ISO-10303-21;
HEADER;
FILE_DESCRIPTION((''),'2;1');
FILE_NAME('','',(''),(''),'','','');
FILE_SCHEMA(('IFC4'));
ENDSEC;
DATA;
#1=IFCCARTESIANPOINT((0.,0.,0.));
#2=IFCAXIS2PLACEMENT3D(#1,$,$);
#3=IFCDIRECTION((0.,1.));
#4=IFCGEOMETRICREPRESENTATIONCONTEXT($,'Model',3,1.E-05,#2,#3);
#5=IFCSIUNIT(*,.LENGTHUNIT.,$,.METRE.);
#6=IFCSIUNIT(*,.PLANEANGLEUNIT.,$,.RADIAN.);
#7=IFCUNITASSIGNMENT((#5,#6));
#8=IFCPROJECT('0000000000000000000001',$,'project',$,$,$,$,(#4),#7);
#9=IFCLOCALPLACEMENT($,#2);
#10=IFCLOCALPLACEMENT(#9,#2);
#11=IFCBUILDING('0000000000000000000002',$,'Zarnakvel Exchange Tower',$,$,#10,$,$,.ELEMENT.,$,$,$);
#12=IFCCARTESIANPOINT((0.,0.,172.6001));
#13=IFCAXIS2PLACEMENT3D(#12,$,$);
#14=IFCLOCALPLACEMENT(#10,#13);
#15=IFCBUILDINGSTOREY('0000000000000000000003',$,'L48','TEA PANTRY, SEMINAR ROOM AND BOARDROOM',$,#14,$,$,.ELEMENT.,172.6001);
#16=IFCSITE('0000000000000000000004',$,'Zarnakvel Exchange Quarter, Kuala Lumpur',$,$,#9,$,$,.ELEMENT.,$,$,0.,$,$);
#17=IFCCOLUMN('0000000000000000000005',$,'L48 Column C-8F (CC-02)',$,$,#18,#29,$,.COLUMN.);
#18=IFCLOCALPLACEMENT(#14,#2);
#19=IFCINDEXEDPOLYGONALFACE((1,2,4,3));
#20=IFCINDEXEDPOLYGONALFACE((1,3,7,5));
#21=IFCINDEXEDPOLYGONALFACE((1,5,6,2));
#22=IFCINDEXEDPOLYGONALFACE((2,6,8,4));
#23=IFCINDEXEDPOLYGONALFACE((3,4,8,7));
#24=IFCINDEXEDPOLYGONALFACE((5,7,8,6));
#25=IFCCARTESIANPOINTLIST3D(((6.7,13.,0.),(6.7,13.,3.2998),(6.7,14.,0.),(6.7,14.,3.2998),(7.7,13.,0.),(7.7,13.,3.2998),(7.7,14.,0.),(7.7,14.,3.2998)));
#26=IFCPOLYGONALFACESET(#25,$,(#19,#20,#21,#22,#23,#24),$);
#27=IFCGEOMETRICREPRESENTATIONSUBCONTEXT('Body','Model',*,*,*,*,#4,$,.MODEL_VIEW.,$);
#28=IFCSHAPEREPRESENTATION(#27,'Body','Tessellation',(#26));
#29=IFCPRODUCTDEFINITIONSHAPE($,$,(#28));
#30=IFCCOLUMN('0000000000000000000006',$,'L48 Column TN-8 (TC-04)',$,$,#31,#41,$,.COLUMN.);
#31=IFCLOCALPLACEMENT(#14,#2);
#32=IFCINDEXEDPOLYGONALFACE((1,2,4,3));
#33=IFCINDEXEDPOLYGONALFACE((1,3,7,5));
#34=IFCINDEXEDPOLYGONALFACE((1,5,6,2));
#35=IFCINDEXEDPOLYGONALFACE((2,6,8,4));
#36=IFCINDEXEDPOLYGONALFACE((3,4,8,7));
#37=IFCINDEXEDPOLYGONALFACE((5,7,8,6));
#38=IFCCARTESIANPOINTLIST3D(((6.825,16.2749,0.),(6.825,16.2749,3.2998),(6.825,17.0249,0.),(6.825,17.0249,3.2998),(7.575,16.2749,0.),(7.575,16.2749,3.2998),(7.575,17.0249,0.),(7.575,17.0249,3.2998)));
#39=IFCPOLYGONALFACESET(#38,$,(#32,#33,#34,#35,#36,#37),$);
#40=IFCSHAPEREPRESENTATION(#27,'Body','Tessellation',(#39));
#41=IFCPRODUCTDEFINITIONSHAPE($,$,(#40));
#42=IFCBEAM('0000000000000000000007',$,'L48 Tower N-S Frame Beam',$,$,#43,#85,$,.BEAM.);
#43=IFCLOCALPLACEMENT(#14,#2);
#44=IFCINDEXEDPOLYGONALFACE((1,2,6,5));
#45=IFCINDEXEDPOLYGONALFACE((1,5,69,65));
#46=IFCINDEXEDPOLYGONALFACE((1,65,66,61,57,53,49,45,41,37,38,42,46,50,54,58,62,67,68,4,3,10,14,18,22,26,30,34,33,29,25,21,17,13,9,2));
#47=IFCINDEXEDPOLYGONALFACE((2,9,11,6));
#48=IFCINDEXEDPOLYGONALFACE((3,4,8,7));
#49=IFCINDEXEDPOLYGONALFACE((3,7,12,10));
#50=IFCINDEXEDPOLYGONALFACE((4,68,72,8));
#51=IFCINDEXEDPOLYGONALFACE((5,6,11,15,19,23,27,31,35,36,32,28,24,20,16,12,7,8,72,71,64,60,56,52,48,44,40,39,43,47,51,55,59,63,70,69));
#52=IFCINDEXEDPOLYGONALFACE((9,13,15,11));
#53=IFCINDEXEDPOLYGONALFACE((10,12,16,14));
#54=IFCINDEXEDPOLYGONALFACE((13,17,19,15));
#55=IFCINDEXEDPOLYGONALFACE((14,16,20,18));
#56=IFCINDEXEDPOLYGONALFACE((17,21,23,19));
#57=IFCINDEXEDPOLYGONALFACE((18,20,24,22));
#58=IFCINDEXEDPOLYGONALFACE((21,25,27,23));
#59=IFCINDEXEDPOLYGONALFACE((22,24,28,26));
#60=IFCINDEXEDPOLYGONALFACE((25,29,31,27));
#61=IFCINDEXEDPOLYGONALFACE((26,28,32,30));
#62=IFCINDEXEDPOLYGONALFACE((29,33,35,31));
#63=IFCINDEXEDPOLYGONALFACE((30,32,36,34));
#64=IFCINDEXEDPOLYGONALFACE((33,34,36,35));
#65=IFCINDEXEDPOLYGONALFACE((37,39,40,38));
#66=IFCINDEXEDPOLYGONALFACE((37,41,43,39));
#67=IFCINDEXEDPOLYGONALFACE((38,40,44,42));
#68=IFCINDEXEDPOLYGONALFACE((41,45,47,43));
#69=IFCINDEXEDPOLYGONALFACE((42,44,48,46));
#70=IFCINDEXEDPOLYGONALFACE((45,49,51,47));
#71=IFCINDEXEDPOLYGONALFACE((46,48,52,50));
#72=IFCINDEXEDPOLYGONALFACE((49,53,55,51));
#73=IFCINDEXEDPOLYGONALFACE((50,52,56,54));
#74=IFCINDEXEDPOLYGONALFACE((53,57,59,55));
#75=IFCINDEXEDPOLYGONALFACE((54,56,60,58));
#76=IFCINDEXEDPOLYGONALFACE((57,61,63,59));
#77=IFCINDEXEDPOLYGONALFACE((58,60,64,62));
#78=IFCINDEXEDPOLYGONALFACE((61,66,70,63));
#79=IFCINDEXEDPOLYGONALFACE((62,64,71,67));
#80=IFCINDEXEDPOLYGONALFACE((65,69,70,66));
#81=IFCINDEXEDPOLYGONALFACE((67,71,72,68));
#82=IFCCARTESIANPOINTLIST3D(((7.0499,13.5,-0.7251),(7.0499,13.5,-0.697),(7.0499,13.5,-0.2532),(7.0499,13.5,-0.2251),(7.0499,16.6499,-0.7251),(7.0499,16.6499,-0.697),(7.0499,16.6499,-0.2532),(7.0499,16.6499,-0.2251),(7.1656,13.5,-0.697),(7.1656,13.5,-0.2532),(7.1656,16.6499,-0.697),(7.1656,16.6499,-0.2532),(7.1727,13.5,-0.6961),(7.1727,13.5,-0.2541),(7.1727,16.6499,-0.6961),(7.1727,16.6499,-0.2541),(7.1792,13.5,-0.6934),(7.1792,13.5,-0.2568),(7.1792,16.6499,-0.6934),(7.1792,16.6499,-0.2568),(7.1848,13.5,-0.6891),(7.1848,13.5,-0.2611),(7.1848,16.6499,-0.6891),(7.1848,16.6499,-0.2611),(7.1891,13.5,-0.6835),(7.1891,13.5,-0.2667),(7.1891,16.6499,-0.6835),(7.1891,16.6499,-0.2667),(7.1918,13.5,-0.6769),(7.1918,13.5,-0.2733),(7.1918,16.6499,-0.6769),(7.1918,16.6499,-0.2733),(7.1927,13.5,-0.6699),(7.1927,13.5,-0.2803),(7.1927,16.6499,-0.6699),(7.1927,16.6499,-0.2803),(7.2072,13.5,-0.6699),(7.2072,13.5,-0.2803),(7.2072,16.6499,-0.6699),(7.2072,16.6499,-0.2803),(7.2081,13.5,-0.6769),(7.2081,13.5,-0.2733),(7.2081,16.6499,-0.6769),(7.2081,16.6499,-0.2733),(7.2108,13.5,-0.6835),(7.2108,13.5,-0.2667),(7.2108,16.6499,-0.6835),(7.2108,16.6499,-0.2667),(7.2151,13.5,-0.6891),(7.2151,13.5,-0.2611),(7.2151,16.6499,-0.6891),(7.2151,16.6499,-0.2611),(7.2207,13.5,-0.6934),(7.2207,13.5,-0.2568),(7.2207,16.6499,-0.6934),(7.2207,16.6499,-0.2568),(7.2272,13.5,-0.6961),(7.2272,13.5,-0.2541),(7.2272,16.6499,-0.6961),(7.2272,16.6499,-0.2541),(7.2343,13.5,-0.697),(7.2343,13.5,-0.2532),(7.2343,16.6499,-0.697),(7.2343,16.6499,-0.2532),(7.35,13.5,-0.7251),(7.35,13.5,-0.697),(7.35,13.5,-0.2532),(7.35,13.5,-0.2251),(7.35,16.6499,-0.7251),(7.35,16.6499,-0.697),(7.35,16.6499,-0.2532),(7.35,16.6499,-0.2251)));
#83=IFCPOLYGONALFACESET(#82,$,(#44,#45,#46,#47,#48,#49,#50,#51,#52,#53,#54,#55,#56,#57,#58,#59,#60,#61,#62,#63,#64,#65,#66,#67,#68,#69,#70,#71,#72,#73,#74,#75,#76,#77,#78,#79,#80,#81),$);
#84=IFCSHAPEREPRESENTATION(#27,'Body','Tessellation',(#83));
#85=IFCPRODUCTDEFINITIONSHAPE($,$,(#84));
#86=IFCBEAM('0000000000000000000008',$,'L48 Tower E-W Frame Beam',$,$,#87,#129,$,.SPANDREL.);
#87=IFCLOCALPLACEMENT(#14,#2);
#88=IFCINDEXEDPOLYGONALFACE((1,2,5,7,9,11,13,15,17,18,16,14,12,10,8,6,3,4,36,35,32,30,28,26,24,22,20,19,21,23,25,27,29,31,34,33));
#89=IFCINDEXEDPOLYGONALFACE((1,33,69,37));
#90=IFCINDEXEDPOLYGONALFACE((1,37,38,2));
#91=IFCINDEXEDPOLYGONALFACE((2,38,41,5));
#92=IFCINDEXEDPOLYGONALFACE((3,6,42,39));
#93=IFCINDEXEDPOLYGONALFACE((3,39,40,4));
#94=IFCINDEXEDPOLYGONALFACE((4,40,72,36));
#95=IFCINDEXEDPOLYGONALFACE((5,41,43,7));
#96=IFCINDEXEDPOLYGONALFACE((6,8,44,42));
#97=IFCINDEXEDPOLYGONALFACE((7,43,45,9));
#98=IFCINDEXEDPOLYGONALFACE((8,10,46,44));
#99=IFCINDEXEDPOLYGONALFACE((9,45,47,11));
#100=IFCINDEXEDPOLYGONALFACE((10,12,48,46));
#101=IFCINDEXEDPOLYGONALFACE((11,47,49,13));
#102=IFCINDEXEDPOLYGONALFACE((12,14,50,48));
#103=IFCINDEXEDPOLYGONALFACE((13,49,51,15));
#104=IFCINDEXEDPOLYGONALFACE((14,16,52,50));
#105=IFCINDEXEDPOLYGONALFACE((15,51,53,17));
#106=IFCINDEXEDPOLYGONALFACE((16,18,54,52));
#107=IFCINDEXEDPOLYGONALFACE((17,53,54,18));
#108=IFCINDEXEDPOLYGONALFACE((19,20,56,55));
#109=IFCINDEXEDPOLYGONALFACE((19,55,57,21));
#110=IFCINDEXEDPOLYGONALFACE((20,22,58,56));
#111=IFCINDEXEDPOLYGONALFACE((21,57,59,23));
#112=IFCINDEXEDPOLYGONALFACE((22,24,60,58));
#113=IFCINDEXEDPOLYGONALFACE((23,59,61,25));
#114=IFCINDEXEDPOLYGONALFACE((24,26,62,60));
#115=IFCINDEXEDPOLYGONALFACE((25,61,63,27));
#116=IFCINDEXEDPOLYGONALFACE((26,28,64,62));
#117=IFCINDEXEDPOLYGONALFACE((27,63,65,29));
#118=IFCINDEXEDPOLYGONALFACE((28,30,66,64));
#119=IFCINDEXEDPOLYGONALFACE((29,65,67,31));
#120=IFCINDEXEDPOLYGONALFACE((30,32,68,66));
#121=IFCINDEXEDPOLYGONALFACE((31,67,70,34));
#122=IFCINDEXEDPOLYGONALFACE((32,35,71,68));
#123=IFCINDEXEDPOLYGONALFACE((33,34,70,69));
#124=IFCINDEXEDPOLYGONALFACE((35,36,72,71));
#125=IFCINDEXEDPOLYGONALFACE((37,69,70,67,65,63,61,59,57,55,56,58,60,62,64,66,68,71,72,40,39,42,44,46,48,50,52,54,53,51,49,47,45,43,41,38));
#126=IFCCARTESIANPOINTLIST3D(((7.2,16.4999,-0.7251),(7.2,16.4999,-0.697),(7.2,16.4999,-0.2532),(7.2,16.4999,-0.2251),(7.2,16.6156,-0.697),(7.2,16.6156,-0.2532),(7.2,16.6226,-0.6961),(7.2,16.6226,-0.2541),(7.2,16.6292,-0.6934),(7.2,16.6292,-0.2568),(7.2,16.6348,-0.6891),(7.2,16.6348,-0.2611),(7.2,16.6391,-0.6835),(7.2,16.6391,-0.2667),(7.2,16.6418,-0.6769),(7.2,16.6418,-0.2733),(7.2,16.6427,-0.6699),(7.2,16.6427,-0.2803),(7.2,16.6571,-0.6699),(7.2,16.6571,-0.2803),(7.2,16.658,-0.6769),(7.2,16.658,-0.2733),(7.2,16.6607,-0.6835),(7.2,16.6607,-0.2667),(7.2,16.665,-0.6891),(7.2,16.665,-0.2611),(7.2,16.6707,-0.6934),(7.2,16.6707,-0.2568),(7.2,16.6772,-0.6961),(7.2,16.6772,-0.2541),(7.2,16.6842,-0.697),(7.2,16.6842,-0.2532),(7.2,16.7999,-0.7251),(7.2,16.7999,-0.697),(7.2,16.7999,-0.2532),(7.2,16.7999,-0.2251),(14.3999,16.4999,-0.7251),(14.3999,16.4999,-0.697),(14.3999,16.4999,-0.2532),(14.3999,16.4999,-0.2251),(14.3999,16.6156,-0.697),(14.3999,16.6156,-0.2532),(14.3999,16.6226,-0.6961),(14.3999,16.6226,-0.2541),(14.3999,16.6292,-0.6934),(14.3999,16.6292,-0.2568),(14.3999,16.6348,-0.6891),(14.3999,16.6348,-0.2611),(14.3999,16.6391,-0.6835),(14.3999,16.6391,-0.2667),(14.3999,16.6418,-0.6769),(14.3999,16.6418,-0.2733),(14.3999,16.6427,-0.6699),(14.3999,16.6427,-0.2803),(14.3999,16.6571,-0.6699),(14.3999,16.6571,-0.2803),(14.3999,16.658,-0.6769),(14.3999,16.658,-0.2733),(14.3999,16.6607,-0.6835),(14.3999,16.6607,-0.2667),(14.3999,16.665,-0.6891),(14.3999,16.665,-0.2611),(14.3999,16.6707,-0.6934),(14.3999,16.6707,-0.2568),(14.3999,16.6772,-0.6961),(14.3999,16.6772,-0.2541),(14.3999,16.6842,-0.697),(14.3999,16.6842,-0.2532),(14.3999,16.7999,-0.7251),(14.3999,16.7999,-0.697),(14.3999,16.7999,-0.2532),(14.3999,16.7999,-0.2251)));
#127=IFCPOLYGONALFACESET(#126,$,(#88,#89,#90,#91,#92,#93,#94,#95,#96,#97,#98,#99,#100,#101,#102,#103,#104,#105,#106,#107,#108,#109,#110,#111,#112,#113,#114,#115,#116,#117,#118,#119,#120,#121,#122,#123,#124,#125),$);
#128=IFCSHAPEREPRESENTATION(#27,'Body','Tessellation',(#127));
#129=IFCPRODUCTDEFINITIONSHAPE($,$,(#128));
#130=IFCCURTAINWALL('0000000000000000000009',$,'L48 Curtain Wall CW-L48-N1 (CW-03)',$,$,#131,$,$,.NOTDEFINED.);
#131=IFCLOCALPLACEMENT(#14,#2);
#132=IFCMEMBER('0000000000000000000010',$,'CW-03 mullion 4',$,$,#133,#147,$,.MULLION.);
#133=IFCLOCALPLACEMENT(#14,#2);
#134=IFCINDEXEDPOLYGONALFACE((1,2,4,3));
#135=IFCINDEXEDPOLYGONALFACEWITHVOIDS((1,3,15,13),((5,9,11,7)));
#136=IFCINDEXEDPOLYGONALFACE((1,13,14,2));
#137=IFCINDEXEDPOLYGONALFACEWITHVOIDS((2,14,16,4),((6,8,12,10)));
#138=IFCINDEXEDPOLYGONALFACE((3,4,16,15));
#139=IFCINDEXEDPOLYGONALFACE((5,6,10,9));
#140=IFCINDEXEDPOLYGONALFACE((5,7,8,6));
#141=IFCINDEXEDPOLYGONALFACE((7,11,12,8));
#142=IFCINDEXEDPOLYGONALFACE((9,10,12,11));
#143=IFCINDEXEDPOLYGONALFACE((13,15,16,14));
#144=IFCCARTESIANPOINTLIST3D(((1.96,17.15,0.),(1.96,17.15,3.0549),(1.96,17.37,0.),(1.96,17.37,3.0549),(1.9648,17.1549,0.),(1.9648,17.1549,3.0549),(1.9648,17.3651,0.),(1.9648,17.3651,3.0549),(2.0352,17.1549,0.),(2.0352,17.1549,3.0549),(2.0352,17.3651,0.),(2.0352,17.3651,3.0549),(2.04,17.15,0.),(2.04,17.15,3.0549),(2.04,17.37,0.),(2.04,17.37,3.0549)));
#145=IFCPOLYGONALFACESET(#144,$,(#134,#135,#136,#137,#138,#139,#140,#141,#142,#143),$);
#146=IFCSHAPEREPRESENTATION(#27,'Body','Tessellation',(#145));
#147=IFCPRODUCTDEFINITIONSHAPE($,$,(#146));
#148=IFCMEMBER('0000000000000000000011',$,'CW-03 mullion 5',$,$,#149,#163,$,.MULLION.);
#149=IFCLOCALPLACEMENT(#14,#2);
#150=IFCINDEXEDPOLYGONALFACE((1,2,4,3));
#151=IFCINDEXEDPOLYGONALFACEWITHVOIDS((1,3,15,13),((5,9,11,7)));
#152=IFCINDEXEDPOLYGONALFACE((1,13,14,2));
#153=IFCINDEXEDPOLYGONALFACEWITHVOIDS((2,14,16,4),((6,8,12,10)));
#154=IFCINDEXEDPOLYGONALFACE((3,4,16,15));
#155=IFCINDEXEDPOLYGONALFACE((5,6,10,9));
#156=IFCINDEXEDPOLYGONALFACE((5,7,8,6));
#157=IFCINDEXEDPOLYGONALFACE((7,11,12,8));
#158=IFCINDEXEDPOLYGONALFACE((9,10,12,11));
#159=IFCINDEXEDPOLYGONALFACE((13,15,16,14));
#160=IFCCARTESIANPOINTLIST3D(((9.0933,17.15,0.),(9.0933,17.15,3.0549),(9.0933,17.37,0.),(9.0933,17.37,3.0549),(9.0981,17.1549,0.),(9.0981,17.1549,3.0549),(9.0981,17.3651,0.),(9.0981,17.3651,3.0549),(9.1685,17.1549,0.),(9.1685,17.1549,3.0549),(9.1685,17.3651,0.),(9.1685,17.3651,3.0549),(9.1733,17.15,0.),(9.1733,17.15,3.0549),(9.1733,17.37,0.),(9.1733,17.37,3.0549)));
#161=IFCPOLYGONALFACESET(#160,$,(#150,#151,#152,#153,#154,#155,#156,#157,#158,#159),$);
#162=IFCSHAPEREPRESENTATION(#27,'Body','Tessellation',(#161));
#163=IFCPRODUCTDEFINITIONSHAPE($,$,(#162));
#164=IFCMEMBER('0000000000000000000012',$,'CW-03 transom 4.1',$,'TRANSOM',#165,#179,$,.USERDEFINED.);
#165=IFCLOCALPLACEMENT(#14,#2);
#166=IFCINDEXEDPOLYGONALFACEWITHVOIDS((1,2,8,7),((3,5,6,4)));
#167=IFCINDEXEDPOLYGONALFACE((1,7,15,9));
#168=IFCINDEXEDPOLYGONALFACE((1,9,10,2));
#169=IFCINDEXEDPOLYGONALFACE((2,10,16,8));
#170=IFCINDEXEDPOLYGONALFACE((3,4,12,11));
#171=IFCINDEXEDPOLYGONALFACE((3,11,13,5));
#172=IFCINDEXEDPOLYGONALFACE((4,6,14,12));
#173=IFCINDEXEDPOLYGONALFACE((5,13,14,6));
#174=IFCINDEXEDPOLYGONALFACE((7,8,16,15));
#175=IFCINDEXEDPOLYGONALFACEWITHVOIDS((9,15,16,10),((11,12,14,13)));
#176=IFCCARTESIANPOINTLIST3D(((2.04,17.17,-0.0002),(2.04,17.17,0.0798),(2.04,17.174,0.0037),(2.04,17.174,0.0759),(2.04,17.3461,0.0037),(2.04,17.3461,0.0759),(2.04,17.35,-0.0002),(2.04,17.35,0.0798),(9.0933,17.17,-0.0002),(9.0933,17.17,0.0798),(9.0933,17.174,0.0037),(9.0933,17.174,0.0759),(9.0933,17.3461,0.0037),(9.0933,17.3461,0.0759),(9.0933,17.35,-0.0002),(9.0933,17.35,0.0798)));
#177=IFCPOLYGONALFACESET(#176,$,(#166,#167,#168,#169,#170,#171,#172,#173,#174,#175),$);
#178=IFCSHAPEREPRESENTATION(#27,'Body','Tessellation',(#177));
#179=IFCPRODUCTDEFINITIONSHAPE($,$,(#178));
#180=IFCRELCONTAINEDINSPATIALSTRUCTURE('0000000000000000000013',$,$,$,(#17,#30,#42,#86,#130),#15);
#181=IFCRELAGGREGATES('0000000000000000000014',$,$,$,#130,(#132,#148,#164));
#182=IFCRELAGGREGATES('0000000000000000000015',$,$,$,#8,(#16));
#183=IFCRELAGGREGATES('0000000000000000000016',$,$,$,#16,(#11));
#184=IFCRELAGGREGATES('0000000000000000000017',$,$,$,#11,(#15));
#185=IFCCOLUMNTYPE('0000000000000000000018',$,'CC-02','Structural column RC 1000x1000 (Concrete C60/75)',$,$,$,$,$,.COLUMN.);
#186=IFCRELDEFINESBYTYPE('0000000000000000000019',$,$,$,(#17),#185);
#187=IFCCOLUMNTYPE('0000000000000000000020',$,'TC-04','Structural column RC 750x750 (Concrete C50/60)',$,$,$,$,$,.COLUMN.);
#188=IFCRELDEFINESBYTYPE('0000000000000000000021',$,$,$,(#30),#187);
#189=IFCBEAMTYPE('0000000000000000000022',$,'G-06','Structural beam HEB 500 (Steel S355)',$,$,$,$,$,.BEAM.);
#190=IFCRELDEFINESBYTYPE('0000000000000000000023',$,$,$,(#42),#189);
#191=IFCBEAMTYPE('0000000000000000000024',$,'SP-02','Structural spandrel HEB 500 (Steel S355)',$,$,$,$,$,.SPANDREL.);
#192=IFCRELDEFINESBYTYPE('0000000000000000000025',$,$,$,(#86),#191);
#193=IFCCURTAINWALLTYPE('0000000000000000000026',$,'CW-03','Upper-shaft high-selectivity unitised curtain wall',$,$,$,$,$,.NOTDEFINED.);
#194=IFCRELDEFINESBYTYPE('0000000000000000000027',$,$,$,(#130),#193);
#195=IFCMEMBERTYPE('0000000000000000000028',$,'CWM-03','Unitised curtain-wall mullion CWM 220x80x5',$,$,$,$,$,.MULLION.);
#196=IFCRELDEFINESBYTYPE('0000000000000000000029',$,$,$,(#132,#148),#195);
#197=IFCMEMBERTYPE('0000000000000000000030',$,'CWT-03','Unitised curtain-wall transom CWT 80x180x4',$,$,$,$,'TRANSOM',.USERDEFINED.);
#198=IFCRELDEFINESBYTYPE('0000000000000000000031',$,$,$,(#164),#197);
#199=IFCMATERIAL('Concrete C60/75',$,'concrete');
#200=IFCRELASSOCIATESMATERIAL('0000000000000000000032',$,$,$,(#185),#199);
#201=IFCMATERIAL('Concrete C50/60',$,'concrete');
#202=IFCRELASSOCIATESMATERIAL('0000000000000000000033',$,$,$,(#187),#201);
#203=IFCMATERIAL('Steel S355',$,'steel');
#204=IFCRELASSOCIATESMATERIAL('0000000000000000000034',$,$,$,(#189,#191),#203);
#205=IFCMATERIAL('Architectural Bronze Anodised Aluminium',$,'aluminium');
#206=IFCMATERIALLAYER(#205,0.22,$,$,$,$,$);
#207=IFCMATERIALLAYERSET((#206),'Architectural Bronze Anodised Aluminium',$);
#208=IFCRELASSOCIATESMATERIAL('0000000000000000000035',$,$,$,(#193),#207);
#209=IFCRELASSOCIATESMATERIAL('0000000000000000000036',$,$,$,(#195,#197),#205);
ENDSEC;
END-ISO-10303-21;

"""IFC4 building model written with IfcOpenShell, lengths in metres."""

from ifc_helpers import new_model, si_unit, direction, frame, origin, origin_2d, place, context, subcontext, project, spatial, rectangle, hollow_rectangle, i_section, extrude, source, transform, mapped, material, layer, layer_set, material_profile, profile_set, type_object, element, aggregate, save


model = new_model("IFC4")

# Units and contexts
model_context = context("Model", 3, precision=1e-05, world=origin(), true_north=direction((0.0, 1.0)))
body_context = subcontext(model_context, "Body", "Model", "MODEL_VIEW")
ifc_project = project(units=[si_unit("LENGTHUNIT", "METRE"), si_unit("PLANEANGLEUNIT", "RADIAN")], contexts=[model_context])

# Site, building, storey
site_placement = place(None, origin())
site = spatial("IfcSite", under=ifc_project, at=site_placement, Name="Zarnakvel Exchange Quarter, Kuala Lumpur", CompositionType="ELEMENT", RefElevation=0.0)
building_placement = place(site_placement, origin())
building = spatial("IfcBuilding", under=site, at=building_placement, Name="Zarnakvel Exchange Tower", CompositionType="ELEMENT")
storey_placement = place(building_placement, frame((0.0, 0.0, 172.6001)))
storey = spatial("IfcBuildingStorey", under=building, at=storey_placement, Name="L48", Description="TEA PANTRY, SEMINAR ROOM AND BOARDROOM", CompositionType="ELEMENT", Elevation=172.6001)

# Columns
ifc_material_1 = material(Name="Concrete C60/75", Category="concrete")
ifc_material_profile_1 = material_profile(ifc_material_1, rectangle(XDim=1.0, YDim=1.0, at=origin_2d()))
ifc_profile_set_1 = profile_set([ifc_material_profile_1], Name="Concrete C60/75")
column_type_1 = type_object("IfcColumnType", Name="CC-02", Description="Structural column RC 1000x1000 (Concrete C60/75)", PredefinedType="COLUMN", material=ifc_profile_set_1)
column_1_placement = place(storey_placement, frame((7.2, 13.5, 0.0), z_axis=(0.0, 0.0, 1.0), x_axis=(1.0, 0.0, 0.0)))
element("IfcColumn", 1, at=column_1_placement, inside=storey, type_object=column_type_1, Name="L48 Column C-8F (CC-02)", PredefinedType="COLUMN", context=body_context, shape_type="SweptSolid", body=[
    extrude(rectangle(XDim=1.0, YDim=1.0, at=origin_2d()), origin(), (0.0, 0.0, 1.0), 3.2998),
])
ifc_material_2 = material(Name="Concrete C50/60", Category="concrete")
ifc_material_profile_2 = material_profile(ifc_material_2, rectangle(XDim=0.75, YDim=0.75, at=origin_2d()))
ifc_profile_set_2 = profile_set([ifc_material_profile_2], Name="Concrete C50/60")
column_type_2 = type_object("IfcColumnType", Name="TC-04", Description="Structural column RC 750x750 (Concrete C50/60)", PredefinedType="COLUMN", material=ifc_profile_set_2)
column_2_placement = place(storey_placement, frame((7.2, 16.6499, 0.0), z_axis=(0.0, 0.0, 1.0), x_axis=(1.0, 0.0, 0.0)))
element("IfcColumn", 2, at=column_2_placement, inside=storey, type_object=column_type_2, Name="L48 Column TN-8 (TC-04)", PredefinedType="COLUMN", context=body_context, shape_type="SweptSolid", body=[
    extrude(rectangle(XDim=0.75, YDim=0.75, at=origin_2d()), origin(), (0.0, 0.0, 1.0), 3.2998),
])

# Beams
ifc_material_3 = material(Name="Steel S355", Category="steel")
ifc_material_profile_3 = material_profile(ifc_material_3, i_section(OverallWidth=0.3, OverallDepth=0.5, WebThickness=0.0144, FlangeThickness=0.0281, FilletRadius=0.0271, at=origin_2d()))
ifc_profile_set_3 = profile_set([ifc_material_profile_3], Name="Steel S355")
beam_type_1 = type_object("IfcBeamType", Name="G-06", Description="Structural beam HEB 500 (Steel S355)", PredefinedType="BEAM", material=ifc_profile_set_3)
beam_1_placement = place(storey_placement, frame((7.2, 13.5, -0.4751), z_axis=(0.0, 1.0, 0.0), x_axis=(-1.0, 0.0, 0.0)))
element("IfcBeam", 3, at=beam_1_placement, inside=storey, type_object=beam_type_1, Name="L48 Tower N-S Frame Beam", PredefinedType="BEAM", context=body_context, shape_type="SweptSolid", body=[
    extrude(i_section(OverallWidth=0.3, OverallDepth=0.5, WebThickness=0.0144, FlangeThickness=0.0281, FilletRadius=0.0271, at=origin_2d()), origin(), (0.0, 0.0, 1.0), 3.1499),
])
ifc_material_profile_4 = material_profile(ifc_material_3, i_section(OverallWidth=0.3, OverallDepth=0.5, WebThickness=0.0144, FlangeThickness=0.0281, FilletRadius=0.0271, at=origin_2d()))
ifc_profile_set_4 = profile_set([ifc_material_profile_4], Name="Steel S355")
beam_type_2 = type_object("IfcBeamType", Name="SP-02", Description="Structural spandrel HEB 500 (Steel S355)", PredefinedType="SPANDREL", material=ifc_profile_set_4)
beam_2_placement = place(storey_placement, frame((7.2, 16.6499, -0.4751), z_axis=(1.0, 0.0, 0.0), x_axis=(0.0, 1.0, 0.0)))
element("IfcBeam", 4, at=beam_2_placement, inside=storey, type_object=beam_type_2, Name="L48 Tower E-W Frame Beam", PredefinedType="SPANDREL", context=body_context, shape_type="SweptSolid", body=[
    extrude(i_section(OverallWidth=0.3, OverallDepth=0.5, WebThickness=0.0144, FlangeThickness=0.0281, FilletRadius=0.0271, at=origin_2d()), origin(), (0.0, 0.0, 1.0), 7.2),
])

# Curtain wall, members
ifc_material_4 = material(Name="Architectural Bronze Anodised Aluminium", Category="aluminium")
ifc_layer_1 = layer(ifc_material_4, 0.22)
ifc_layer_set_1 = layer_set([ifc_layer_1], Name="Architectural Bronze Anodised Aluminium")
curtain_wall_type = type_object("IfcCurtainWallType", Name="CW-03", Description="Upper-shaft high-selectivity unitised curtain wall", PredefinedType="NOTDEFINED", material=ifc_layer_set_1)
curtain_wall_placement = place(storey_placement, origin())
curtain_wall = element("IfcCurtainWall", 5, at=curtain_wall_placement, inside=storey, type_object=curtain_wall_type, Name="L48 Curtain Wall CW-L48-N1 (CW-03)", PredefinedType="NOTDEFINED")
ifc_material_profile_5 = material_profile(ifc_material_4, hollow_rectangle(XDim=0.22, YDim=0.0801, WallThickness=0.0049, at=origin_2d()))
ifc_profile_set_5 = profile_set([ifc_material_profile_5], Name="Architectural Bronze Anodised Aluminium")
member_type_1 = type_object("IfcMemberType", Name="CWM-03", Description="Unitised curtain-wall mullion CWM 220x80x5", PredefinedType="MULLION", material=ifc_profile_set_5)
shared_shape_1 = source(origin(), body_context, "Body", "SweptSolid", [
    extrude(hollow_rectangle(XDim=0.22, YDim=0.0801, WallThickness=0.0049, at=origin_2d()), origin(), (0.0, 0.0, 1.0), 3.0549),
])
member_1_placement = place(storey_placement, frame((2.0, 17.26, 0.0), z_axis=(0.0, 0.0, 1.0), x_axis=(0.0, 1.0, 0.0)))
member_1 = element("IfcMember", 6, at=member_1_placement, type_object=member_type_1, Name="CW-03 mullion 4", PredefinedType="MULLION", context=body_context, shape_type="MappedRepresentation", body=[
    mapped(shared_shape_1, transform((0.0, 0.0, 0.0), x_axis=(1.0, 0.0, 0.0), y_axis=(0.0, 1.0, 0.0), z_axis=(0.0, 0.0, 1.0), scale=1.0)),
])
member_2_placement = place(storey_placement, frame((9.1333, 17.26, 0.0), z_axis=(0.0, 0.0, 1.0), x_axis=(0.0, 1.0, 0.0)))
member_2 = element("IfcMember", 7, at=member_2_placement, type_object=member_type_1, Name="CW-03 mullion 5", PredefinedType="MULLION", context=body_context, shape_type="MappedRepresentation", body=[
    mapped(shared_shape_1, transform((0.0, 0.0, 0.0), x_axis=(1.0, 0.0, 0.0), y_axis=(0.0, 1.0, 0.0), z_axis=(0.0, 0.0, 1.0), scale=1.0)),
])
ifc_material_profile_6 = material_profile(ifc_material_4, hollow_rectangle(XDim=0.1799, YDim=0.0801, WallThickness=0.0039, at=origin_2d()))
ifc_profile_set_6 = profile_set([ifc_material_profile_6], Name="Architectural Bronze Anodised Aluminium")
member_type_2 = type_object("IfcMemberType", Name="CWT-03", Description="Unitised curtain-wall transom CWT 80x180x4", ElementType="TRANSOM", PredefinedType="USERDEFINED", material=ifc_profile_set_6)
shared_shape_2 = source(origin(), body_context, "Body", "SweptSolid", [
    extrude(hollow_rectangle(XDim=0.1799, YDim=0.0801, WallThickness=0.0039, at=origin_2d()), origin(), (0.0, 0.0, 1.0), 7.0532),
])
member_3_placement = place(storey_placement, frame((2.04, 17.26, 0.0398), z_axis=(1.0, 0.0, 0.0), x_axis=(0.0, 1.0, 0.0)))
member_3 = element("IfcMember", 8, at=member_3_placement, type_object=member_type_2, Name="CW-03 transom 4.1", ObjectType="TRANSOM", PredefinedType="USERDEFINED", context=body_context, shape_type="MappedRepresentation", body=[
    mapped(shared_shape_2, transform((0.0, 0.0, 0.0), x_axis=(1.0, 0.0, 0.0), y_axis=(0.0, 1.0, 0.0), z_axis=(0.0, 0.0, 1.0), scale=1.0)),
])
aggregate(curtain_wall, [member_1, member_2, member_3])

save(model, "model.ifc")
